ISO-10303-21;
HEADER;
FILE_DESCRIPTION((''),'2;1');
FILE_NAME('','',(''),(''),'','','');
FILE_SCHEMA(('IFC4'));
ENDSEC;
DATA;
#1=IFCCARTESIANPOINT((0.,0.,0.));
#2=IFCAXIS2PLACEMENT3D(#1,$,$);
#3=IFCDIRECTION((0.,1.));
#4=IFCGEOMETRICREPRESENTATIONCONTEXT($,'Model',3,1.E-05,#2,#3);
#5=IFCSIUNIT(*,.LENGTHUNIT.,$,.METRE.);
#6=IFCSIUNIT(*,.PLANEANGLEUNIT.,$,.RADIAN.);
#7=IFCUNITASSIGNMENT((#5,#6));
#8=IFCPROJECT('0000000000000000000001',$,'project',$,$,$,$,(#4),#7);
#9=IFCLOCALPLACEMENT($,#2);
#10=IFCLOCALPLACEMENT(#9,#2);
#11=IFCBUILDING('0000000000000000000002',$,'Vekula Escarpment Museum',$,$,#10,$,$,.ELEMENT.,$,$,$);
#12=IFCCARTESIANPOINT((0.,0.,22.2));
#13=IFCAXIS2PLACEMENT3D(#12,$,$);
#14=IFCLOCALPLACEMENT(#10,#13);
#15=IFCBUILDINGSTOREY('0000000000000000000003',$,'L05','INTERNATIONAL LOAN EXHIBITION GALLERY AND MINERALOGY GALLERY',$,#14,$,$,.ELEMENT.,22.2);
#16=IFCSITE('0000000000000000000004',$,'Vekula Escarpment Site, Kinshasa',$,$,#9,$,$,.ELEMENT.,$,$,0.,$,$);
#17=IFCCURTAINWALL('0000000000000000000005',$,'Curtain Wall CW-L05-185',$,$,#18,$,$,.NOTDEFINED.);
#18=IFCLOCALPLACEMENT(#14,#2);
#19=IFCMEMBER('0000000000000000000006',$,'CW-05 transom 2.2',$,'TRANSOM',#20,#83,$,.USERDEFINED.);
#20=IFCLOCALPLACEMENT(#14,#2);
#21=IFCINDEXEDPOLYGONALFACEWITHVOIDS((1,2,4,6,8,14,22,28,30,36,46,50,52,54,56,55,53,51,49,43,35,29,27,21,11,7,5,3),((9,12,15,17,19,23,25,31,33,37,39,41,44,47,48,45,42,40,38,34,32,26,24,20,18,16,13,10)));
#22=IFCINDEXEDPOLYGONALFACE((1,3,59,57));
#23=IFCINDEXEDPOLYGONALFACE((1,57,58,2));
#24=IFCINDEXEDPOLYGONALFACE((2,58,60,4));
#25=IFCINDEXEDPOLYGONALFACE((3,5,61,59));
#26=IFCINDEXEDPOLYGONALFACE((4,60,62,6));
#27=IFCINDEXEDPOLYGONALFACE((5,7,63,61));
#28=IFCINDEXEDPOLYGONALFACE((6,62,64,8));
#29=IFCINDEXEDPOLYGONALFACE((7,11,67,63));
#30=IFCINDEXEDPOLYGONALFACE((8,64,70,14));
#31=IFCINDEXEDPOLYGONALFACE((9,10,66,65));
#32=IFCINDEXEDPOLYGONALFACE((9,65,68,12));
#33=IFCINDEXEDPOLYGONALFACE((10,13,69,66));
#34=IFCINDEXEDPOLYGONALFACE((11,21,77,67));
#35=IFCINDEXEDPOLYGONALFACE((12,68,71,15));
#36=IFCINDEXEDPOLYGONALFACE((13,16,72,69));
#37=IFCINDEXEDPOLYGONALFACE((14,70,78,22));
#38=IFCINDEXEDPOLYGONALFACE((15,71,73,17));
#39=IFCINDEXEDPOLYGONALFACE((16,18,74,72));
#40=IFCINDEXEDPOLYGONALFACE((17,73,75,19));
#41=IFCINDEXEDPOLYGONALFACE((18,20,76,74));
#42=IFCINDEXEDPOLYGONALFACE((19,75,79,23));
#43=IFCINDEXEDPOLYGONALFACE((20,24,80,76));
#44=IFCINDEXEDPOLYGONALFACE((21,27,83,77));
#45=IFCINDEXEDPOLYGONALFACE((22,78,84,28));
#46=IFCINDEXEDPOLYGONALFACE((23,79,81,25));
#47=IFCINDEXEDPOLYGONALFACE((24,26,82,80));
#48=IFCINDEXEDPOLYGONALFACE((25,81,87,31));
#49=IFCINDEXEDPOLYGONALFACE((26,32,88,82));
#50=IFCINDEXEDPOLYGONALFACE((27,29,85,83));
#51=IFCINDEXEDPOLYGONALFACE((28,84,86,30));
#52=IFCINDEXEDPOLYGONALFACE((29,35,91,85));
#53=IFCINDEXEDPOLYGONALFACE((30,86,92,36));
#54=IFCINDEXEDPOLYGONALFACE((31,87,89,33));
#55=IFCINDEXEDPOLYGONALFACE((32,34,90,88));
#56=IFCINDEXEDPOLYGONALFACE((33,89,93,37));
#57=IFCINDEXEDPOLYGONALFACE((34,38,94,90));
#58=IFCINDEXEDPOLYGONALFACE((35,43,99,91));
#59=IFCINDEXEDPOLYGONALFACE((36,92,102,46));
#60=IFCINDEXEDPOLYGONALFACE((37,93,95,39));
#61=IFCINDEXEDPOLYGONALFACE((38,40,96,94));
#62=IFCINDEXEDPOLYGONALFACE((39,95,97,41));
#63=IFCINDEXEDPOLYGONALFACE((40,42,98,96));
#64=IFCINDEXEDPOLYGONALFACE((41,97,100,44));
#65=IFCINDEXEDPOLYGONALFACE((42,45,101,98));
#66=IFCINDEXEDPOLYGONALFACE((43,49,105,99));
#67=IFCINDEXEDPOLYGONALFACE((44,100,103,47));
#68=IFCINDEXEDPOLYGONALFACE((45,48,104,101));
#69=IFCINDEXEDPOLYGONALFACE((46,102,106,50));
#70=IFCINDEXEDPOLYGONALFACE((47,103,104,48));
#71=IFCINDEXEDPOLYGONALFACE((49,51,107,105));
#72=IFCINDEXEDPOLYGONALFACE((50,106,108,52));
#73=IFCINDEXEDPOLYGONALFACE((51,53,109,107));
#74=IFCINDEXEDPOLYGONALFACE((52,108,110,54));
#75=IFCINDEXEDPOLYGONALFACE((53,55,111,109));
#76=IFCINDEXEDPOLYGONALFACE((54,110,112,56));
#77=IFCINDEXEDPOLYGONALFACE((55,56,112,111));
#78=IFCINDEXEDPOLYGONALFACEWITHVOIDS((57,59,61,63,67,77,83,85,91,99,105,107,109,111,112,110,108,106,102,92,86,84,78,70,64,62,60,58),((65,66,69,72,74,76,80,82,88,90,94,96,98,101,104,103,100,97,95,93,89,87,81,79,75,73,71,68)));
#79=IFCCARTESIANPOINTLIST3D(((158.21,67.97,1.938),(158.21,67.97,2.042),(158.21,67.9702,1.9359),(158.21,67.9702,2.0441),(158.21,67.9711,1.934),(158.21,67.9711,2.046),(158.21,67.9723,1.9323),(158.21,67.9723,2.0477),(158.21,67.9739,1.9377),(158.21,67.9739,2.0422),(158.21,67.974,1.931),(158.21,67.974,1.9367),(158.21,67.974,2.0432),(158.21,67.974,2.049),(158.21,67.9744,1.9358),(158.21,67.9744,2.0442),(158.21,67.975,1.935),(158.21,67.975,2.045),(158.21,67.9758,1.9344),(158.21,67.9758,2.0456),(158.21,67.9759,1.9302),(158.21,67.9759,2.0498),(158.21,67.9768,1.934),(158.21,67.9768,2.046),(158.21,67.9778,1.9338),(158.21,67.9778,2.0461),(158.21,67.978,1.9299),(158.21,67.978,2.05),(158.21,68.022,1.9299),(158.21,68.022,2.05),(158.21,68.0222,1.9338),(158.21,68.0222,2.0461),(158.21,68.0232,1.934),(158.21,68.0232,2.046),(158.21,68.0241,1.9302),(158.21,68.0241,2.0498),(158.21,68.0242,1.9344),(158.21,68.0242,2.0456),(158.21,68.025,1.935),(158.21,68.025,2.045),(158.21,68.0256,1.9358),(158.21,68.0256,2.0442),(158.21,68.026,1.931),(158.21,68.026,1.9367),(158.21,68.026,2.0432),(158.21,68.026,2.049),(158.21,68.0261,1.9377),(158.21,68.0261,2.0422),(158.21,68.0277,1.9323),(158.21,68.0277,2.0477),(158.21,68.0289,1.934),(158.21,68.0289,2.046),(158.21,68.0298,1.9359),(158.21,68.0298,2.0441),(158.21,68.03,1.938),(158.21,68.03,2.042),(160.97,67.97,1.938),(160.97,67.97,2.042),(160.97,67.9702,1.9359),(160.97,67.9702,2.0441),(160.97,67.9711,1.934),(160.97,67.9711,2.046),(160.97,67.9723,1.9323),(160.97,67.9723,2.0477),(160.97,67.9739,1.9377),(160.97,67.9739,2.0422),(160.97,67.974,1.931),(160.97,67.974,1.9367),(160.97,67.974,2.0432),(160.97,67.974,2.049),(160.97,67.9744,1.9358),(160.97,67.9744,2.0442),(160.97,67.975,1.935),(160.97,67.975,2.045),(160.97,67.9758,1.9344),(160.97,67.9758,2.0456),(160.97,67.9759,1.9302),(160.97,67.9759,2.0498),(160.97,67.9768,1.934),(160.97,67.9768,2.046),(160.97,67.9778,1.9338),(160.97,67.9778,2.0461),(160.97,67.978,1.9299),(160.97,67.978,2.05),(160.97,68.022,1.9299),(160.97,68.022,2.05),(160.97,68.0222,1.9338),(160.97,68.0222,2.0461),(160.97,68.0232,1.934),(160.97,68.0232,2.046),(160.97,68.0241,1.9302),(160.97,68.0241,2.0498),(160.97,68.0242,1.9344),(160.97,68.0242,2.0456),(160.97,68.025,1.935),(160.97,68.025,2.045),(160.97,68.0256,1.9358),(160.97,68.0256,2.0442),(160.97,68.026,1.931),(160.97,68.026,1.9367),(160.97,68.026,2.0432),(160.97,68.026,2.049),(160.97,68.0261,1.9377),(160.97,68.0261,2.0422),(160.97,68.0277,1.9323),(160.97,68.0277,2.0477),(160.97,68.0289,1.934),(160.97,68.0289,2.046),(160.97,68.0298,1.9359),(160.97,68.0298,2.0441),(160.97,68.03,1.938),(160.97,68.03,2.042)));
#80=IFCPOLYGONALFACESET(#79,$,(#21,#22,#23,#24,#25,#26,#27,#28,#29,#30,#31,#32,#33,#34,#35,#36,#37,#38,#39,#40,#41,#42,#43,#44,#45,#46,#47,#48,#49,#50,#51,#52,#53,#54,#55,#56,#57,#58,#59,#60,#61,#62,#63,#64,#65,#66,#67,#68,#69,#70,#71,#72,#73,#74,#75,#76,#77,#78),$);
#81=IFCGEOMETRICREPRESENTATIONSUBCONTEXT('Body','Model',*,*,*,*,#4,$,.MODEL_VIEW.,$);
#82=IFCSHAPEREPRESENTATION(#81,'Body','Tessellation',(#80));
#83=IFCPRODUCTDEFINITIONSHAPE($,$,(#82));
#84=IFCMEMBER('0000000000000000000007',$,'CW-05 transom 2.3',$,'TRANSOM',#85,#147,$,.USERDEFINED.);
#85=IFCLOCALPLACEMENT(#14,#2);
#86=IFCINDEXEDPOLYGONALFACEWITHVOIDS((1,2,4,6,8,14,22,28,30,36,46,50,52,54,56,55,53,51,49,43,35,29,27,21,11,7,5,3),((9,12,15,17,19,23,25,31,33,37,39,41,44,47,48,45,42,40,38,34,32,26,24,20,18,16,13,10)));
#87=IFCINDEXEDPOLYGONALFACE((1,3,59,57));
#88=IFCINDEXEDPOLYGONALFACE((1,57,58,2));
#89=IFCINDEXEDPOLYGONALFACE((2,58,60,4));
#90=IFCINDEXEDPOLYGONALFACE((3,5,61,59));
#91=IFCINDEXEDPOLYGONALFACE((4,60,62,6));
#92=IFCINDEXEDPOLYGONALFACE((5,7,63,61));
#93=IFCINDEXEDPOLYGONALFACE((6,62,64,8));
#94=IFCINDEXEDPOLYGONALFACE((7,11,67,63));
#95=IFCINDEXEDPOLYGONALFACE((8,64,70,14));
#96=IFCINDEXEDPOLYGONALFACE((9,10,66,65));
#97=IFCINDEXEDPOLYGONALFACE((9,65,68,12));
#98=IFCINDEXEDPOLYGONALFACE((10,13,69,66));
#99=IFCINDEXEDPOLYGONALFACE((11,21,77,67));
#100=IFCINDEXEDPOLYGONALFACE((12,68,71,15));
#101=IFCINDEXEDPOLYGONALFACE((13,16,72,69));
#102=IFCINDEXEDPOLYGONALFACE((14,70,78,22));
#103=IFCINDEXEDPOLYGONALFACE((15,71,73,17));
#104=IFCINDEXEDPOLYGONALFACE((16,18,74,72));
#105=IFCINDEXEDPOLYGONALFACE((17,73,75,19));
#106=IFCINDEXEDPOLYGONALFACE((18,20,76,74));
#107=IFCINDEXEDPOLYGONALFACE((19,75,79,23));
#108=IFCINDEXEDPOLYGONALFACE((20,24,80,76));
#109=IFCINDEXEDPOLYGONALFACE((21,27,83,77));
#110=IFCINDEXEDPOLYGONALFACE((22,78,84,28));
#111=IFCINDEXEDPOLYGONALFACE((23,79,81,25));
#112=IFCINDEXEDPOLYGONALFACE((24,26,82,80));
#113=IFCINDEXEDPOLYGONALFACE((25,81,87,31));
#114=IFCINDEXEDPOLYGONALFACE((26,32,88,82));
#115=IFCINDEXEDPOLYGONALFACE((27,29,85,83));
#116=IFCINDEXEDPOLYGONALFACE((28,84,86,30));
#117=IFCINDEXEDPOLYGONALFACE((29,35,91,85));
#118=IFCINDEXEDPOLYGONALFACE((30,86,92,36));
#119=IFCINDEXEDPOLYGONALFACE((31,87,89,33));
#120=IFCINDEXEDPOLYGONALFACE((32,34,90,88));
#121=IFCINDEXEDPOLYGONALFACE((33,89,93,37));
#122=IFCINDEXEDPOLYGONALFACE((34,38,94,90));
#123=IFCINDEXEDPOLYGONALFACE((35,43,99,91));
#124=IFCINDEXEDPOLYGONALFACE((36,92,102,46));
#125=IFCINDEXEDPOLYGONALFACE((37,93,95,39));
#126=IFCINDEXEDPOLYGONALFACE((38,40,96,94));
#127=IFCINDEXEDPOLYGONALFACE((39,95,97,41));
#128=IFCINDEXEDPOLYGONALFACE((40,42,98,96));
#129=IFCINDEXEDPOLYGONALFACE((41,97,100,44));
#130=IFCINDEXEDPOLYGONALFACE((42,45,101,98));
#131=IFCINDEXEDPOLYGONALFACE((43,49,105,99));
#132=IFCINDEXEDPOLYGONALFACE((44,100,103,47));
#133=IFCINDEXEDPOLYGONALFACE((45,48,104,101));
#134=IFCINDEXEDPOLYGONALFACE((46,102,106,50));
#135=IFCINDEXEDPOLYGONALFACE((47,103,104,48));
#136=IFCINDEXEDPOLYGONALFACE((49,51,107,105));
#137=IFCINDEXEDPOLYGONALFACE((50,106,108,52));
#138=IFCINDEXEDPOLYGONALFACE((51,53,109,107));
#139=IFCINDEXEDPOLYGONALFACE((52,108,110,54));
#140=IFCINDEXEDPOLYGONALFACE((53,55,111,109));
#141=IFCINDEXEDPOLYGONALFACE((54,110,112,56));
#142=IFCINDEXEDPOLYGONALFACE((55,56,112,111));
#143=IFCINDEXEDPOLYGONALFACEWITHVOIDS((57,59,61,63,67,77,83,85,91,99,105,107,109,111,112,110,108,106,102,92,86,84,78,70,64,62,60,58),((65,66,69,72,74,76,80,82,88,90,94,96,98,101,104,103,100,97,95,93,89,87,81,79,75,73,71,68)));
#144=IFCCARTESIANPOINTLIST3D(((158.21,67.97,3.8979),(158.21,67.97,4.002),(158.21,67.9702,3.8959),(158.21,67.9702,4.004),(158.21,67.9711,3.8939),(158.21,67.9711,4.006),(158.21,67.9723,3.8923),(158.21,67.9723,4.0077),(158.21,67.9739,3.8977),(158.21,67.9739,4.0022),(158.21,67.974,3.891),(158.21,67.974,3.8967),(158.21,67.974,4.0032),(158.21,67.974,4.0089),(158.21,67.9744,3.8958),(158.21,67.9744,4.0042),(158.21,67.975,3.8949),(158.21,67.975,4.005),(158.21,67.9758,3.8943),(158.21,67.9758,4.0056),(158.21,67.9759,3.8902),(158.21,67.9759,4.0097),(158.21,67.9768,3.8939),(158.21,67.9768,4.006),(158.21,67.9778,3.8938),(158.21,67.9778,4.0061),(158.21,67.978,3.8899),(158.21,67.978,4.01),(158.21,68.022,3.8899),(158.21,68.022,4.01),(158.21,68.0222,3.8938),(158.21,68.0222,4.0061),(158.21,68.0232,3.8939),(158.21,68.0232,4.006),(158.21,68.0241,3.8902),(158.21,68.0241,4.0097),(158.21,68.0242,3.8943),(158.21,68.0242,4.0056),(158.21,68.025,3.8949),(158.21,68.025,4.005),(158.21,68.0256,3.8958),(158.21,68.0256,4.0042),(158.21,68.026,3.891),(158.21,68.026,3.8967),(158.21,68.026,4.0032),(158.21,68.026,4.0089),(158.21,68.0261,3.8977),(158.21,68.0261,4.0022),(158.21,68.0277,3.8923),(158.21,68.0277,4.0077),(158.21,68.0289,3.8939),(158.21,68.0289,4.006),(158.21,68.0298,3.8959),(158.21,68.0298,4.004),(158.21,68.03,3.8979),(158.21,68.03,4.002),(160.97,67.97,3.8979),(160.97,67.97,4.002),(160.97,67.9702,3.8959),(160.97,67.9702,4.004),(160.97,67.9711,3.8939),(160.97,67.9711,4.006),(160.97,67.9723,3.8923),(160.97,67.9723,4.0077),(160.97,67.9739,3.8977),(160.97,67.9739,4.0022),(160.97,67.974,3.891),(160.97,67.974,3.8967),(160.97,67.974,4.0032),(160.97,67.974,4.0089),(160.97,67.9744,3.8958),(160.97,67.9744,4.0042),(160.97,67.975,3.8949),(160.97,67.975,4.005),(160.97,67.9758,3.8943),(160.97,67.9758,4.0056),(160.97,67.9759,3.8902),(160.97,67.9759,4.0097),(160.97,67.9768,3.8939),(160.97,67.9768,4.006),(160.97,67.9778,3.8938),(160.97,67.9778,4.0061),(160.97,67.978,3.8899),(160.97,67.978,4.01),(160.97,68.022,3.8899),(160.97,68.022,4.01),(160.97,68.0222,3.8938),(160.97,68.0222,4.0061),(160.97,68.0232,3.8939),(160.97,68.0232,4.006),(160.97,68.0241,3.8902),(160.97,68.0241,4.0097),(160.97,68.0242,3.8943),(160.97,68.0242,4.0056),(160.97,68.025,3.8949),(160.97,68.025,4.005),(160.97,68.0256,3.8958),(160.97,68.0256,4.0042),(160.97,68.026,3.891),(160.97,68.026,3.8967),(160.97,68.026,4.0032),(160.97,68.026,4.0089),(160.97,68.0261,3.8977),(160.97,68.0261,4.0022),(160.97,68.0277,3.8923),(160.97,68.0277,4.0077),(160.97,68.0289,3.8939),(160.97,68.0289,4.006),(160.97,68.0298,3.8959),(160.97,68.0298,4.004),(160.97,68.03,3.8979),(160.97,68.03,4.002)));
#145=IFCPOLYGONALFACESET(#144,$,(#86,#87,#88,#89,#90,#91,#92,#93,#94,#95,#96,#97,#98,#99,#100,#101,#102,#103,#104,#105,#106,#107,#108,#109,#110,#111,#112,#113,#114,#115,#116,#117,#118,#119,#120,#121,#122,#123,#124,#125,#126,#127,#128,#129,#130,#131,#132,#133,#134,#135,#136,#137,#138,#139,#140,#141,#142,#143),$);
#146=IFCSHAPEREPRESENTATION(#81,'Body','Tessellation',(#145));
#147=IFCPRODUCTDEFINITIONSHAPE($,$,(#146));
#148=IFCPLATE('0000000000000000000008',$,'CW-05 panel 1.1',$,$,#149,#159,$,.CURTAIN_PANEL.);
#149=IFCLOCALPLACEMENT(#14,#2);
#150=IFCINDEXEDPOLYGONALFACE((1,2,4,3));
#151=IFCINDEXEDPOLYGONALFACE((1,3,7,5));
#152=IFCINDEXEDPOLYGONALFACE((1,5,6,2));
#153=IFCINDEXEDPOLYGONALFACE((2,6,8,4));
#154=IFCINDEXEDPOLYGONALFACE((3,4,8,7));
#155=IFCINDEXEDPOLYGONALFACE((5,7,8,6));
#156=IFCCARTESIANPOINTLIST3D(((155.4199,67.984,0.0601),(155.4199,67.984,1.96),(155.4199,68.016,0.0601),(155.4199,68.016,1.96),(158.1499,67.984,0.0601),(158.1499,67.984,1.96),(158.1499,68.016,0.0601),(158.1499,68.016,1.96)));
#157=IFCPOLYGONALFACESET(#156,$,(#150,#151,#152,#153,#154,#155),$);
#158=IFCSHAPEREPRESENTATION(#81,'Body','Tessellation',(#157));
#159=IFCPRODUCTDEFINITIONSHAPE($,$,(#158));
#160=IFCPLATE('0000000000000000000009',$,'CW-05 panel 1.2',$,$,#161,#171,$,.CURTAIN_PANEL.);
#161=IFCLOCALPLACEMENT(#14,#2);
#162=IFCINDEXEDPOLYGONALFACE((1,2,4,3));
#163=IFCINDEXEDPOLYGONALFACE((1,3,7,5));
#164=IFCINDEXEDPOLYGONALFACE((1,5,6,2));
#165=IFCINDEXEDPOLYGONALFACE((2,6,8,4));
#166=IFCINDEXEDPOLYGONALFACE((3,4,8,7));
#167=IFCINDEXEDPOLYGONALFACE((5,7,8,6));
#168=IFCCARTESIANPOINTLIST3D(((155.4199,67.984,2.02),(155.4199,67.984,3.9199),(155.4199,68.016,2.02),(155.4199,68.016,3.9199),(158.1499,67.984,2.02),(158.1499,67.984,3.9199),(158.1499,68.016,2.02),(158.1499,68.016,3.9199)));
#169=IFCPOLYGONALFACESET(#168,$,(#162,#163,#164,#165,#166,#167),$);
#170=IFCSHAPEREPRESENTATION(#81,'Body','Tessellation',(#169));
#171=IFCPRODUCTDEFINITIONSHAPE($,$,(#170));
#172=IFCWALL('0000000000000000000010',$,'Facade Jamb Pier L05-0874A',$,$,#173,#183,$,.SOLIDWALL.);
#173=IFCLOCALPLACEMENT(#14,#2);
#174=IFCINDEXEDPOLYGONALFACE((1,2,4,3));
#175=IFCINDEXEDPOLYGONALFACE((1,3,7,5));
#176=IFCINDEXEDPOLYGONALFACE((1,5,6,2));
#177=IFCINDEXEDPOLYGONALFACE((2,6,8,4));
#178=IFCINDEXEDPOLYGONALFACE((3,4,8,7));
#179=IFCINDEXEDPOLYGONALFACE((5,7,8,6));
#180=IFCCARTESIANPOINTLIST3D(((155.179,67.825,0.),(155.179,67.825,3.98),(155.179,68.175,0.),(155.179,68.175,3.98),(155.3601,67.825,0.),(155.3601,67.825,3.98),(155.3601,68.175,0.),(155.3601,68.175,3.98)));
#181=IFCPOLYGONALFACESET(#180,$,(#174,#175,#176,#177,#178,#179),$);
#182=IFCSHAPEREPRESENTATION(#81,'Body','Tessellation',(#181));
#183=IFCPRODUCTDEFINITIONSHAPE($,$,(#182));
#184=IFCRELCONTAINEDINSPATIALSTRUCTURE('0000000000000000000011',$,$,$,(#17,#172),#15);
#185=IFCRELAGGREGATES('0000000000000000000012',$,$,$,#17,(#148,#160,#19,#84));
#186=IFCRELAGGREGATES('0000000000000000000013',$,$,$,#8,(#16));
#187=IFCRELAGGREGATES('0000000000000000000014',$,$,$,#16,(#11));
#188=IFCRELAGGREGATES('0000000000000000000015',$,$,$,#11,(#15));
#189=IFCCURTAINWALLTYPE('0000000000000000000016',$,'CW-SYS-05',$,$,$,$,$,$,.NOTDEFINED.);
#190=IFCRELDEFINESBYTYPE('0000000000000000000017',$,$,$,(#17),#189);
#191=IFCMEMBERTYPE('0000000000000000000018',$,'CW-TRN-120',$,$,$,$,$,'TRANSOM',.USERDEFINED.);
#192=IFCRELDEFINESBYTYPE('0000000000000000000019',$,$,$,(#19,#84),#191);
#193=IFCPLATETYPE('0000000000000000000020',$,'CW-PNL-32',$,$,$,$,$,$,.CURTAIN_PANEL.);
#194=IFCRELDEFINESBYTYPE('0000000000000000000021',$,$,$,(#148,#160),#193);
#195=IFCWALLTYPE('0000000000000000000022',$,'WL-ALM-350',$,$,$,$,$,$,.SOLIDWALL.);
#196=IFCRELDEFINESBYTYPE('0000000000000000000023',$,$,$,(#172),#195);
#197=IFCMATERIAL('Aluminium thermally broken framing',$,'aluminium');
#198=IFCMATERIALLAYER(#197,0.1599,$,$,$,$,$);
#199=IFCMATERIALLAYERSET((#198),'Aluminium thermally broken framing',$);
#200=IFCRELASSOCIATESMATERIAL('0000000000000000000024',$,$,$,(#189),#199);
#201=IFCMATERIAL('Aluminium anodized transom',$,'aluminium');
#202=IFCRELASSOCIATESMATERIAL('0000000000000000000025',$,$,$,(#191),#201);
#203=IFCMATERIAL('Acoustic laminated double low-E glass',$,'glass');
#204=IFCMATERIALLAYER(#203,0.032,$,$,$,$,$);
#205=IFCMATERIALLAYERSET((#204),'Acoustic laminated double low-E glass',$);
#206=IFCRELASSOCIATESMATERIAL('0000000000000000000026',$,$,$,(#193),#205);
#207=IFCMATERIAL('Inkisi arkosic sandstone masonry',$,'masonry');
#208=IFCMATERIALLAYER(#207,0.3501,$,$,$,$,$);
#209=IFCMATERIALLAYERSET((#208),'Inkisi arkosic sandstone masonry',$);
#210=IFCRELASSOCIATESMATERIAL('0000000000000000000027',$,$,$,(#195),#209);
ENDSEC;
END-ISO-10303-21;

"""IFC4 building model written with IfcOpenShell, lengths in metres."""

from ifc_helpers import new_model, si_unit, direction, frame, frame_2d, origin, origin_2d, place, context, subcontext, project, spatial, rectangle, hollow_rectangle, extrude, material, layer, layer_set, material_profile, profile_set, type_object, element, aggregate, save


model = new_model("IFC4")

# Units and contexts
model_context = context("Model", 3, precision=1e-05, world=origin(), true_north=direction((0.0, 1.0)))
body_context = subcontext(model_context, "Body", "Model", "MODEL_VIEW")
ifc_project = project(units=[si_unit("LENGTHUNIT", "METRE"), si_unit("PLANEANGLEUNIT", "RADIAN")], contexts=[model_context])

# Site, building, storey
site_placement = place(None, origin())
site = spatial("IfcSite", under=ifc_project, at=site_placement, Name="Vekula Escarpment Site, Kinshasa", CompositionType="ELEMENT", RefElevation=0.0)
building_placement = place(site_placement, origin())
building = spatial("IfcBuilding", under=site, at=building_placement, Name="Vekula Escarpment Museum", CompositionType="ELEMENT")
storey_placement = place(building_placement, frame((0.0, 0.0, 22.2)))
storey = spatial("IfcBuildingStorey", under=building, at=storey_placement, Name="L05", Description="INTERNATIONAL LOAN EXHIBITION GALLERY AND MINERALOGY GALLERY", CompositionType="ELEMENT", Elevation=22.2)

# Curtain wall, members, plates
ifc_material_1 = material(Name="Aluminium thermally broken framing", Category="aluminium")
ifc_layer_1 = layer(ifc_material_1, 0.1599)
ifc_layer_set_1 = layer_set([ifc_layer_1], Name="Aluminium thermally broken framing")
curtain_wall_type = type_object("IfcCurtainWallType", Name="CW-SYS-05", PredefinedType="NOTDEFINED", material=ifc_layer_set_1)
curtain_wall_placement = place(storey_placement, origin())
curtain_wall = element("IfcCurtainWall", 1, at=curtain_wall_placement, inside=storey, type_object=curtain_wall_type, Name="Curtain Wall CW-L05-185", PredefinedType="NOTDEFINED")
ifc_material_2 = material(Name="Aluminium anodized transom", Category="aluminium")
ifc_material_profile_1 = material_profile(ifc_material_2, hollow_rectangle(XDim=0.0601, YDim=0.1201, WallThickness=0.0039, InnerFilletRadius=0.0039, OuterFilletRadius=0.0081, at=origin_2d()), Name="ALU 120x60x4")
ifc_profile_set_1 = profile_set([ifc_material_profile_1], Name="Aluminium anodized transom")
member_type_1 = type_object("IfcMemberType", Name="CW-TRN-120", ElementType="TRANSOM", PredefinedType="USERDEFINED", material=ifc_profile_set_1)
member_1_placement = place(storey_placement, frame((158.21, 68.0, 1.99), z_axis=(1.0, 0.0, 0.0), x_axis=(0.0, 1.0, 0.0)))
member_1 = element("IfcMember", 2, at=member_1_placement, type_object=member_type_1, Name="CW-05 transom 2.2", ObjectType="TRANSOM", PredefinedType="USERDEFINED", context=body_context, shape_type="SweptSolid", body=[
    extrude(hollow_rectangle(XDim=0.0601, YDim=0.1201, WallThickness=0.0039, InnerFilletRadius=0.0039, OuterFilletRadius=0.0081, at=origin_2d()), origin(), (0.0, 0.0, 1.0), 2.76),
])
member_2_placement = place(storey_placement, frame((158.21, 68.0, 3.95), z_axis=(1.0, 0.0, 0.0), x_axis=(0.0, 1.0, 0.0)))
member_2 = element("IfcMember", 3, at=member_2_placement, type_object=member_type_1, Name="CW-05 transom 2.3", ObjectType="TRANSOM", PredefinedType="USERDEFINED", context=body_context, shape_type="SweptSolid", body=[
    extrude(hollow_rectangle(XDim=0.0601, YDim=0.1201, WallThickness=0.0039, InnerFilletRadius=0.0039, OuterFilletRadius=0.0081, at=origin_2d()), origin(), (0.0, 0.0, 1.0), 2.76),
])
ifc_material_3 = material(Name="Acoustic laminated double low-E glass", Category="glass")
ifc_layer_2 = layer(ifc_material_3, 0.032)
ifc_layer_set_2 = layer_set([ifc_layer_2], Name="Acoustic laminated double low-E glass")
plate_type = type_object("IfcPlateType", Name="CW-PNL-32", PredefinedType="CURTAIN_PANEL", material=ifc_layer_set_2)
plate_1_placement = place(storey_placement, frame((156.7849, 68.0, 0.0601), z_axis=(0.0, 0.0, 1.0), x_axis=(1.0, 0.0, 0.0)))
plate_1 = element("IfcPlate", 4, at=plate_1_placement, type_object=plate_type, Name="CW-05 panel 1.1", PredefinedType="CURTAIN_PANEL", context=body_context, shape_type="SweptSolid", body=[
    extrude(rectangle(XDim=2.73, YDim=0.032, at=origin_2d()), origin(), (0.0, 0.0, 1.0), 1.8999),
])
plate_2_placement = place(storey_placement, frame((156.7849, 68.0, 2.02), z_axis=(0.0, 0.0, 1.0), x_axis=(1.0, 0.0, 0.0)))
plate_2 = element("IfcPlate", 5, at=plate_2_placement, type_object=plate_type, Name="CW-05 panel 1.2", PredefinedType="CURTAIN_PANEL", context=body_context, shape_type="SweptSolid", body=[
    extrude(rectangle(XDim=2.73, YDim=0.032, at=origin_2d()), origin(), (0.0, 0.0, 1.0), 1.8999),
])
aggregate(curtain_wall, [plate_1, plate_2, member_1, member_2])

# Wall
ifc_material_4 = material(Name="Inkisi arkosic sandstone masonry", Category="masonry")
ifc_layer_3 = layer(ifc_material_4, 0.3501)
ifc_layer_set_3 = layer_set([ifc_layer_3], Name="Inkisi arkosic sandstone masonry")
wall_type_1 = type_object("IfcWallType", Name="WL-ALM-350", PredefinedType="SOLIDWALL", material=ifc_layer_set_3)
wall_1_placement = place(storey_placement, frame((155.179, 68.0, 0.0), z_axis=(0.0, 0.0, 1.0), x_axis=(1.0, 0.0, 0.0)))
element("IfcWall", 6, at=wall_1_placement, inside=storey, type_object=wall_type_1, Name="Facade Jamb Pier L05-0874A", PredefinedType="SOLIDWALL", context=body_context, shape_type="SweptSolid", body=[
    extrude(rectangle(XDim=0.1812, YDim=0.3501, at=frame_2d((0.0906, 0.0))), origin(), (0.0, 0.0, 1.0), 3.98),
])

save(model, "model.ifc")
